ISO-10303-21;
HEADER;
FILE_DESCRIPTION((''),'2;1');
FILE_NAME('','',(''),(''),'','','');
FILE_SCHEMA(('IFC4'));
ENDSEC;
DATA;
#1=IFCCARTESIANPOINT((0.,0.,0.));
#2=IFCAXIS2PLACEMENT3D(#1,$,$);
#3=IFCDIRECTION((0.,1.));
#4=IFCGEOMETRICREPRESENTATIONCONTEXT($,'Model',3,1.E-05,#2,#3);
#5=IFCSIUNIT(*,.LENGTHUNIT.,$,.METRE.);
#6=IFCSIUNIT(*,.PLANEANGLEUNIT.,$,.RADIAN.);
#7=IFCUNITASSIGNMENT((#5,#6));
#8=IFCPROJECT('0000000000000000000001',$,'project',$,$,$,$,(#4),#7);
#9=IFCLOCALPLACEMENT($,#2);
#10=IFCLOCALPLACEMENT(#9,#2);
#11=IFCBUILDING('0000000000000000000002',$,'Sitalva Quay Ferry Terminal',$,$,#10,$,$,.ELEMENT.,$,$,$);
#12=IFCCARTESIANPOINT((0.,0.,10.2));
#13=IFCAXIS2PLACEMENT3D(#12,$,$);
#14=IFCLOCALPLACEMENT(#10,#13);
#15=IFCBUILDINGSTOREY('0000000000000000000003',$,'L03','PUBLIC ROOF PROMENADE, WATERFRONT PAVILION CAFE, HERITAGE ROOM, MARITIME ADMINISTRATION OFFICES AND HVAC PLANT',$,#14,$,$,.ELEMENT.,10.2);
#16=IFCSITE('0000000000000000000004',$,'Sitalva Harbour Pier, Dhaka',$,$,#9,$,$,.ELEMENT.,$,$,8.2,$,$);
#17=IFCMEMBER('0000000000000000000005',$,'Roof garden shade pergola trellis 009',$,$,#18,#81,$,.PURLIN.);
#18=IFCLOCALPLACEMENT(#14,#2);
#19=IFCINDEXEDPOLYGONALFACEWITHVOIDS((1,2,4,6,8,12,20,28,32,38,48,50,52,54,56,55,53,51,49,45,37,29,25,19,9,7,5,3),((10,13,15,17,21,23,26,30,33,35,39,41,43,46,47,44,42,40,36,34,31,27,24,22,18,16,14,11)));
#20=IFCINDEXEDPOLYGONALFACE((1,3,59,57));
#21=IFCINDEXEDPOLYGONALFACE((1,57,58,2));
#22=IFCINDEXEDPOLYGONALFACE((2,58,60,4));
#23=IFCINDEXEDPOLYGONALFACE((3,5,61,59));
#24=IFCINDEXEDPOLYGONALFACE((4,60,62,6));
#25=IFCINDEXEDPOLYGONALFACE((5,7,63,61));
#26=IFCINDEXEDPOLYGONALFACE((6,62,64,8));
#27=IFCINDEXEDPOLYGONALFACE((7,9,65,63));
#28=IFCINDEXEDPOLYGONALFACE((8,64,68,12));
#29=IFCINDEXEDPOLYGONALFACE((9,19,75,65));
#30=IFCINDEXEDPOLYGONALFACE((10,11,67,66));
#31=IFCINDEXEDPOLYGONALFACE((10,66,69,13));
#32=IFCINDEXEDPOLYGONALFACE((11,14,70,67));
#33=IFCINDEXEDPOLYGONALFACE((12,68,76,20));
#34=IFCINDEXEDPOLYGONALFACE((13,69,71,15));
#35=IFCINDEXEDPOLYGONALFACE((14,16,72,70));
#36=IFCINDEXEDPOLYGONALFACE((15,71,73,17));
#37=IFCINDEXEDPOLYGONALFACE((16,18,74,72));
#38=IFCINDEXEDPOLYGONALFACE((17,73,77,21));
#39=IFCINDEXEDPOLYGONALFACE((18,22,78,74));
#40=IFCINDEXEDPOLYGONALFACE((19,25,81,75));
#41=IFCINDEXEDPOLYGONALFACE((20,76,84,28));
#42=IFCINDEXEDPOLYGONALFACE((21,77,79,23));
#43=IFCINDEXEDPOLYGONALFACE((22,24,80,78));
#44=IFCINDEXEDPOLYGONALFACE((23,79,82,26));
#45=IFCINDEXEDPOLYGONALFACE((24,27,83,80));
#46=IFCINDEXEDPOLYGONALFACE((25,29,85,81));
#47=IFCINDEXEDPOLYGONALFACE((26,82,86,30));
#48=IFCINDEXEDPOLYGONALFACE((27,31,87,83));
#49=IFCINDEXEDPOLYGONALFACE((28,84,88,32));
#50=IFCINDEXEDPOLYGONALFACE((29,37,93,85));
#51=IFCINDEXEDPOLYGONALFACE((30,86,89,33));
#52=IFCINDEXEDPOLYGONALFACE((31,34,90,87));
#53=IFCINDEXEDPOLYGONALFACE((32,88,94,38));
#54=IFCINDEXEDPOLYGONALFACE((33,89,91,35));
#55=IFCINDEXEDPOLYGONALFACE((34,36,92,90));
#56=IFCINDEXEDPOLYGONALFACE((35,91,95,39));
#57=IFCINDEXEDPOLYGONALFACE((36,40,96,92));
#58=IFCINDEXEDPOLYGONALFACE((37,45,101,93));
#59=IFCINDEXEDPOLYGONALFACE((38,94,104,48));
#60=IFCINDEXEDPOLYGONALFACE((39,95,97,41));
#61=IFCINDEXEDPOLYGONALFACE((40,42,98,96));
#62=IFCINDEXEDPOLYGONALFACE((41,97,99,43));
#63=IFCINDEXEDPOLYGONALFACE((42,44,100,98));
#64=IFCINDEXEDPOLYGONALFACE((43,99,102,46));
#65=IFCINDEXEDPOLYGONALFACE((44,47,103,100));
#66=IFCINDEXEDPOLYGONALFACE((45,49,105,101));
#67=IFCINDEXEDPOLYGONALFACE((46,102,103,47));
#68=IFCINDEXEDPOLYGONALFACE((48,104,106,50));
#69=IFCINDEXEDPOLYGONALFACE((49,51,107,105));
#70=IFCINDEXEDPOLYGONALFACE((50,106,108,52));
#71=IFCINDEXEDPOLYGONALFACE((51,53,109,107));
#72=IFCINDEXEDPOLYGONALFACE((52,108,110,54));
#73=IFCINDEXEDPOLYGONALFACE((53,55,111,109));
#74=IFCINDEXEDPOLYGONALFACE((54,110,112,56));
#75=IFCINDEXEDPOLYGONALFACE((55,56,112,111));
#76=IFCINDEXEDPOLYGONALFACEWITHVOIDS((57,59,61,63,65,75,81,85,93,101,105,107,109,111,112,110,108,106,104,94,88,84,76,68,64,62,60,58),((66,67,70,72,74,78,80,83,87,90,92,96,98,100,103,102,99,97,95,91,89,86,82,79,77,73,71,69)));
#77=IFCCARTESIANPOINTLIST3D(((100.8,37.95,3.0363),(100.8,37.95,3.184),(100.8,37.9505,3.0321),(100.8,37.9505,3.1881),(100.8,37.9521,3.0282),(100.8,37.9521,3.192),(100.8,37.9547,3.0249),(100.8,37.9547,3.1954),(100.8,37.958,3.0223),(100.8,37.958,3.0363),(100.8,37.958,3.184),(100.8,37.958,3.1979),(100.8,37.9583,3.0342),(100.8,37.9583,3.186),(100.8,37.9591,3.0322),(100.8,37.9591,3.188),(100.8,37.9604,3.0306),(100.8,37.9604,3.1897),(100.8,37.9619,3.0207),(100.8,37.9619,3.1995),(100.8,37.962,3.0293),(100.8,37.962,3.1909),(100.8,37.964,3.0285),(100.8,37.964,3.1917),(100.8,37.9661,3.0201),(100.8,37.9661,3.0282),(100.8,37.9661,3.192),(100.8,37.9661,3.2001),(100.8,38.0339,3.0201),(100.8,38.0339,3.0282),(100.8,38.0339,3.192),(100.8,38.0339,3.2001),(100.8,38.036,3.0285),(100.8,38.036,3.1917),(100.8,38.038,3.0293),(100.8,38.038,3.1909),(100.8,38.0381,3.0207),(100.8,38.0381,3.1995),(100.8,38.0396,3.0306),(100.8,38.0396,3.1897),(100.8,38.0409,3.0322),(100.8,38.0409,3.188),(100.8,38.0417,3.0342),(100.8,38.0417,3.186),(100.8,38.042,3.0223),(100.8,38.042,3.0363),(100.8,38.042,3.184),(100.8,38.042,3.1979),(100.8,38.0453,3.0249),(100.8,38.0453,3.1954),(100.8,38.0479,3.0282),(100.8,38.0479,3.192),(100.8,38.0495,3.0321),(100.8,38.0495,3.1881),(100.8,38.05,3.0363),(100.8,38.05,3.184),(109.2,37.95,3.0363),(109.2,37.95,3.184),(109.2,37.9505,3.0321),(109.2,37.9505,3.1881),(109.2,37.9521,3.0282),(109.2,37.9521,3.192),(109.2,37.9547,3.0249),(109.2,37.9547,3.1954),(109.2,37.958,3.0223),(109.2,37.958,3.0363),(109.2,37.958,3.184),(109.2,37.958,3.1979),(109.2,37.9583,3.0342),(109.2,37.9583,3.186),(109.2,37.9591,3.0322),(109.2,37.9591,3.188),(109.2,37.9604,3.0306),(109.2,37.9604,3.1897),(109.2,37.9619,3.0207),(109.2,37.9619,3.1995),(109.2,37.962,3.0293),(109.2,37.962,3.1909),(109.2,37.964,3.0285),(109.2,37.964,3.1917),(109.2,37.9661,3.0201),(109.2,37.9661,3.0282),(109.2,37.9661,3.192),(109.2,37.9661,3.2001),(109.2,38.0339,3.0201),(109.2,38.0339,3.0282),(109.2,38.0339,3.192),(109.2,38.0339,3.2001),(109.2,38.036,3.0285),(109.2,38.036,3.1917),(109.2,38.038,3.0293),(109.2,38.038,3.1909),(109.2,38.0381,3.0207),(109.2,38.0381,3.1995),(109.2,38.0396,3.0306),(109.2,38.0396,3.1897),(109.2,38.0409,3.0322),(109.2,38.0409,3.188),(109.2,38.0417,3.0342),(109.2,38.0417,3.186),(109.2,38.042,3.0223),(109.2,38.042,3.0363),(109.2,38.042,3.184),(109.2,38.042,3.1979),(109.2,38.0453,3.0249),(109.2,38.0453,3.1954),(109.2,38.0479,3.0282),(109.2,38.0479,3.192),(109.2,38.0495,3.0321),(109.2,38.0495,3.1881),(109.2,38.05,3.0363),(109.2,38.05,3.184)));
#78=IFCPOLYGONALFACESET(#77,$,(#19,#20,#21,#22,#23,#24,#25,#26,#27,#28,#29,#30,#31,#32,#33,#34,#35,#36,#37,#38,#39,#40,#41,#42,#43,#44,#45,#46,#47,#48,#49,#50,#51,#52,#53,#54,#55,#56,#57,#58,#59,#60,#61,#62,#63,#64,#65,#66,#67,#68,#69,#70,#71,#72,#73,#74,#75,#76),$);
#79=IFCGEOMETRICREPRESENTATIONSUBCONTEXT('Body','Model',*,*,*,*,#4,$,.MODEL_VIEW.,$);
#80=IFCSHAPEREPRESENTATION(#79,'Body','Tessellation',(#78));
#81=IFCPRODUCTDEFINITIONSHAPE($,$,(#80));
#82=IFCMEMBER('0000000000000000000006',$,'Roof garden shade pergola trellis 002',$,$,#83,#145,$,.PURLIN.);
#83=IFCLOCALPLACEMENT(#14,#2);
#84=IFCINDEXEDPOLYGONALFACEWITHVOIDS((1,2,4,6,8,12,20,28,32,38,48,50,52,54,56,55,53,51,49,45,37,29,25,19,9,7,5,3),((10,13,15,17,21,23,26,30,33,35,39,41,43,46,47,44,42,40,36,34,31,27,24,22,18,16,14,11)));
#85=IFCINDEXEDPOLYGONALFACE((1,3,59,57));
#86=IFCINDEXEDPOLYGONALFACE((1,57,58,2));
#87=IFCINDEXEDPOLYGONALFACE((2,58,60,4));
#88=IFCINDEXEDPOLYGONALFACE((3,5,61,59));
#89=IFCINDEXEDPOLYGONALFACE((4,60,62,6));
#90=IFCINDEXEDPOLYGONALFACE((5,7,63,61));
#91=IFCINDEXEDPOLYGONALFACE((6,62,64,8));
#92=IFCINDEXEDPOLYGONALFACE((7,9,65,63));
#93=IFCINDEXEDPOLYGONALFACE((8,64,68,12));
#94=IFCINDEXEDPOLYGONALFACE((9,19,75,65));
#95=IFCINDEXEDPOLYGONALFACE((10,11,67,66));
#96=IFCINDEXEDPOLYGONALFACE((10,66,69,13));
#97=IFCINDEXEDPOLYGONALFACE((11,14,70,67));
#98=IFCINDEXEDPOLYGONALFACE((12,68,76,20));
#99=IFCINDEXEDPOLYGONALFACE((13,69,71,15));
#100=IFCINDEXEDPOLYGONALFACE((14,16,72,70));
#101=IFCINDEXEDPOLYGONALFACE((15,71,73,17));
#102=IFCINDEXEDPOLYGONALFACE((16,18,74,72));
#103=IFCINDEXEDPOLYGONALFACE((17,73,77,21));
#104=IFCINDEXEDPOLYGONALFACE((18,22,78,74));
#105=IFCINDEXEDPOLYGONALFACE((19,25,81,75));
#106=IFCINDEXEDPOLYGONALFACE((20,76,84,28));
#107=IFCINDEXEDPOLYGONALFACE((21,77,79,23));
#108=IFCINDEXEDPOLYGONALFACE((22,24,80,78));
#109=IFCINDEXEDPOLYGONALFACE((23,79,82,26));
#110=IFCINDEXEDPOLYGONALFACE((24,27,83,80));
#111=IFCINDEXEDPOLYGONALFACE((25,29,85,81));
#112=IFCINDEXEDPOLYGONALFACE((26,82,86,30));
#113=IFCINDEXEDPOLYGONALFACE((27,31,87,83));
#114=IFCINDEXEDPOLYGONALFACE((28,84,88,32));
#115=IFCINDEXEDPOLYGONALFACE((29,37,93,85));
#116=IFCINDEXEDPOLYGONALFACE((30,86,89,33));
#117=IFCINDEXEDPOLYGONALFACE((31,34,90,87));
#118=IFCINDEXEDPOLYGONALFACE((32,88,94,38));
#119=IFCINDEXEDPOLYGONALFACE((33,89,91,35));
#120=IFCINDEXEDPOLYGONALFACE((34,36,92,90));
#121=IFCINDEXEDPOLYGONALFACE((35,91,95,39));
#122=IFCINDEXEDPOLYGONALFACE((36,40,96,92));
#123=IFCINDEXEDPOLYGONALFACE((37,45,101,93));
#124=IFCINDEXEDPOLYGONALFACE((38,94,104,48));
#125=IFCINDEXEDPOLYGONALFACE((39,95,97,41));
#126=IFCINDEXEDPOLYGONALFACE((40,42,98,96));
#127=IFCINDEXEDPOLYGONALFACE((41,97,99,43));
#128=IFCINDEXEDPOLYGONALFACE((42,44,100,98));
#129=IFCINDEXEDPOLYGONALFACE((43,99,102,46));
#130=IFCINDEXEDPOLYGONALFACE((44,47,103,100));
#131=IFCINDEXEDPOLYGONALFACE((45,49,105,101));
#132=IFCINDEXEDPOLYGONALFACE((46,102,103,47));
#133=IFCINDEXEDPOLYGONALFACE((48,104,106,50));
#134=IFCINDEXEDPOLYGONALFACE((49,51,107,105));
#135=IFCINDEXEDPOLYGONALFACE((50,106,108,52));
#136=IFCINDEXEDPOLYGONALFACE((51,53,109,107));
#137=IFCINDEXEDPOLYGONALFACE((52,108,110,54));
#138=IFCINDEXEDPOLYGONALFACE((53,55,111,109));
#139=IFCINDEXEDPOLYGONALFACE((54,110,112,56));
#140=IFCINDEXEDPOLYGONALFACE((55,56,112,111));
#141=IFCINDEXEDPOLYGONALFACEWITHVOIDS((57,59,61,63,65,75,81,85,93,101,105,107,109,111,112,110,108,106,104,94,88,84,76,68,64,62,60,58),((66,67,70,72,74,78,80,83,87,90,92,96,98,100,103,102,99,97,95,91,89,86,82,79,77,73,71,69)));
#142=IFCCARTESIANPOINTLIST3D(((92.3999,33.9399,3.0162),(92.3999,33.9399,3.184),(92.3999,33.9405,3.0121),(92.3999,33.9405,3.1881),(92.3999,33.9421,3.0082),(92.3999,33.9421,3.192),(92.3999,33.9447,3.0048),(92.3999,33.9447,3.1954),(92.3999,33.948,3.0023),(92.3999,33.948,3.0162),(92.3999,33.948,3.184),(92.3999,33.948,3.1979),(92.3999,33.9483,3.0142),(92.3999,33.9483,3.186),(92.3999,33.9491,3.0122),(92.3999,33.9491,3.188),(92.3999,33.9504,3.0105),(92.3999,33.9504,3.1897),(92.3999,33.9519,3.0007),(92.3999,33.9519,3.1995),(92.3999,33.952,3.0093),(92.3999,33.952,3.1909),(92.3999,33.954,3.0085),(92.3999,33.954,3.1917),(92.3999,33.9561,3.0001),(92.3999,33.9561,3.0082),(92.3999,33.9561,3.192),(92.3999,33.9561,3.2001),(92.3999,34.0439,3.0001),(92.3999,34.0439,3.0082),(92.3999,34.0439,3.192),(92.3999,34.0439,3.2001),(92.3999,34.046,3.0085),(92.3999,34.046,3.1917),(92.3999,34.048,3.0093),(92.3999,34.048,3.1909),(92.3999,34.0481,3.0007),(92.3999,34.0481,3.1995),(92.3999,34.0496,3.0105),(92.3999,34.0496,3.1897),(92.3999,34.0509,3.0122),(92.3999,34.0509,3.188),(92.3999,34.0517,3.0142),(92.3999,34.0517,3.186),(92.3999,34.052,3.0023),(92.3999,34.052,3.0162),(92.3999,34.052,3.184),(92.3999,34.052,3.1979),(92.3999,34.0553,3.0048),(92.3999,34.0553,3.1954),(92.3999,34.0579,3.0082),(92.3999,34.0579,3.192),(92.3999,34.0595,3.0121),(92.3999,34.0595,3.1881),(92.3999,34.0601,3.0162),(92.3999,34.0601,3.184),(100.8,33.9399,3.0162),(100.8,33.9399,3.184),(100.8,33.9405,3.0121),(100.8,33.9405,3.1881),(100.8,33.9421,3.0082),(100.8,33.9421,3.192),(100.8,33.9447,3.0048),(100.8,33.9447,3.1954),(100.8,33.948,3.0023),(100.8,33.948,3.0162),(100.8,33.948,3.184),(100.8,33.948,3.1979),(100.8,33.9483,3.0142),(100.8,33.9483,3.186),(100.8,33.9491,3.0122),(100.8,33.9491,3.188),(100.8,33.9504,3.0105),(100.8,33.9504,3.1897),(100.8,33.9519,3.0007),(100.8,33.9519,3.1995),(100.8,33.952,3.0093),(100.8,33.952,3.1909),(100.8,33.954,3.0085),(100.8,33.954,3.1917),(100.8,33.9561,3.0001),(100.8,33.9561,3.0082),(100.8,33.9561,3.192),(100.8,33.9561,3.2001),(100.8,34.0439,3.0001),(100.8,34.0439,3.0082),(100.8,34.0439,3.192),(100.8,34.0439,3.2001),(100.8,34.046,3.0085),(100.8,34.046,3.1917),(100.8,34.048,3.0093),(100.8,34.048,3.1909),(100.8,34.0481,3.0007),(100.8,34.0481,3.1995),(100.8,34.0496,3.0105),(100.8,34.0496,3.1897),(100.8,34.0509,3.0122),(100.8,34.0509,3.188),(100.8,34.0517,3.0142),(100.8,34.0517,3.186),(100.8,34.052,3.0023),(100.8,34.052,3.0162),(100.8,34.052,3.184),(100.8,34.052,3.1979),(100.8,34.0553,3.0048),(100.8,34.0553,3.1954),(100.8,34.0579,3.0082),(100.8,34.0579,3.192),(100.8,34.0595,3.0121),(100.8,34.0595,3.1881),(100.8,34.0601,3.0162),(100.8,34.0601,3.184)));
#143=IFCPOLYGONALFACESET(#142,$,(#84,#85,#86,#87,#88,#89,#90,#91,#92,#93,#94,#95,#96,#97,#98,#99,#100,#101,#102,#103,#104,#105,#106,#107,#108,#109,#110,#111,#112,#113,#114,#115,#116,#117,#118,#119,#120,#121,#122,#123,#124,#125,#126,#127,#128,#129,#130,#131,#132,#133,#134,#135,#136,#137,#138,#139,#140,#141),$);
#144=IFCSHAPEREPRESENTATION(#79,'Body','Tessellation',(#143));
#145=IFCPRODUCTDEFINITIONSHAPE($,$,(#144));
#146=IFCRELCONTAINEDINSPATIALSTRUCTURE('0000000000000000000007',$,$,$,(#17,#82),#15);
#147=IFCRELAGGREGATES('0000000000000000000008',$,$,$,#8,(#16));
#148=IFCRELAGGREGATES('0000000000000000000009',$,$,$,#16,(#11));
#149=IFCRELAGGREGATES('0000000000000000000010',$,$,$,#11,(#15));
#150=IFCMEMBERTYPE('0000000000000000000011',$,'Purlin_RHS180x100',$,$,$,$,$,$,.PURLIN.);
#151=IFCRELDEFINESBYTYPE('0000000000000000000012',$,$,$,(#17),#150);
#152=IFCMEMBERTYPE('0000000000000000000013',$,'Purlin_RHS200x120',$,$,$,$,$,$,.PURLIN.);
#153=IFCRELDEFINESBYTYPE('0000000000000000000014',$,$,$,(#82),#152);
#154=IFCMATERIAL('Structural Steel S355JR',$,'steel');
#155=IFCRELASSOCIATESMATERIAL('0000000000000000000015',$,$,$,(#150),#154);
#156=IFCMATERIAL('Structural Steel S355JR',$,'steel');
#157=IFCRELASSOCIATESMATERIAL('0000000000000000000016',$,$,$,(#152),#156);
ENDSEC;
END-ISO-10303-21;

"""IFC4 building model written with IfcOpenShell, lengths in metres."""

from ifc_helpers import new_model, si_unit, direction, frame, origin, origin_2d, place, context, subcontext, project, spatial, hollow_rectangle, extrude, material, material_profile, profile_set, type_object, element, save


model = new_model("IFC4")

# Units and contexts
model_context = context("Model", 3, precision=1e-05, world=origin(), true_north=direction((0.0, 1.0)))
body_context = subcontext(model_context, "Body", "Model", "MODEL_VIEW")
ifc_project = project(units=[si_unit("LENGTHUNIT", "METRE"), si_unit("PLANEANGLEUNIT", "RADIAN")], contexts=[model_context])

# Site, building, storey
site_placement = place(None, origin())
site = spatial("IfcSite", under=ifc_project, at=site_placement, Name="Sitalva Harbour Pier, Dhaka", CompositionType="ELEMENT", RefElevation=8.2)
building_placement = place(site_placement, origin())
building = spatial("IfcBuilding", under=site, at=building_placement, Name="Sitalva Quay Ferry Terminal", CompositionType="ELEMENT")
storey_placement = place(building_placement, frame((0.0, 0.0, 10.2)))
storey = spatial("IfcBuildingStorey", under=building, at=storey_placement, Name="L03", Description="PUBLIC ROOF PROMENADE, WATERFRONT PAVILION CAFE, HERITAGE ROOM, MARITIME ADMINISTRATION OFFICES AND HVAC PLANT", CompositionType="ELEMENT", Elevation=10.2)

# Members
ifc_material_1 = material(Name="Structural Steel S355JR", Category="steel")
ifc_material_profile_1 = material_profile(ifc_material_1, hollow_rectangle(XDim=0.1001, YDim=0.1799, WallThickness=0.0081, InnerFilletRadius=0.0081, OuterFilletRadius=0.0161, at=origin_2d()), Name="RHS180x100x8")
ifc_profile_set_1 = profile_set([ifc_material_profile_1], Name="Structural Steel S355JR")
member_type_1 = type_object("IfcMemberType", Name="Purlin_RHS180x100", PredefinedType="PURLIN", material=ifc_profile_set_1)
for number, where, z_axis, x_axis, name in (
    (1, (100.8, 38.0, 3.1101), (1.0, 0.0, 0.0), (0.0, 1.0, 0.0), "Roof garden shade pergola trellis 009"),
):
    element("IfcMember", number, at=place(storey_placement, frame(where, z_axis=z_axis, x_axis=x_axis)), inside=storey, type_object=member_type_1, Name=name, PredefinedType="PURLIN", context=body_context, shape_type="SweptSolid", body=[
        extrude(hollow_rectangle(XDim=0.1001, YDim=0.1799, WallThickness=0.0081, InnerFilletRadius=0.0081, OuterFilletRadius=0.0161, at=origin_2d()), origin(), (0.0, 0.0, 1.0), 8.3999),
    ])
ifc_material_2 = material(Name="Structural Steel S355JR", Category="steel")
ifc_material_profile_2 = material_profile(ifc_material_2, hollow_rectangle(XDim=0.1201, YDim=0.2, WallThickness=0.0081, InnerFilletRadius=0.0081, OuterFilletRadius=0.0161, at=origin_2d()), Name="RHS200x120x8")
ifc_profile_set_2 = profile_set([ifc_material_profile_2], Name="Structural Steel S355JR")
member_type_2 = type_object("IfcMemberType", Name="Purlin_RHS200x120", PredefinedType="PURLIN", material=ifc_profile_set_2)
for number, where, z_axis, x_axis, name in (
    (2, (92.3999, 34.0, 3.1001), (1.0, 0.0, 0.0), (0.0, 1.0, 0.0), "Roof garden shade pergola trellis 002"),
):
    element("IfcMember", number, at=place(storey_placement, frame(where, z_axis=z_axis, x_axis=x_axis)), inside=storey, type_object=member_type_2, Name=name, PredefinedType="PURLIN", context=body_context, shape_type="SweptSolid", body=[
        extrude(hollow_rectangle(XDim=0.1201, YDim=0.2, WallThickness=0.0081, InnerFilletRadius=0.0081, OuterFilletRadius=0.0161, at=origin_2d()), origin(), (0.0, 0.0, 1.0), 8.4001),
    ])

save(model, "model.ifc")
